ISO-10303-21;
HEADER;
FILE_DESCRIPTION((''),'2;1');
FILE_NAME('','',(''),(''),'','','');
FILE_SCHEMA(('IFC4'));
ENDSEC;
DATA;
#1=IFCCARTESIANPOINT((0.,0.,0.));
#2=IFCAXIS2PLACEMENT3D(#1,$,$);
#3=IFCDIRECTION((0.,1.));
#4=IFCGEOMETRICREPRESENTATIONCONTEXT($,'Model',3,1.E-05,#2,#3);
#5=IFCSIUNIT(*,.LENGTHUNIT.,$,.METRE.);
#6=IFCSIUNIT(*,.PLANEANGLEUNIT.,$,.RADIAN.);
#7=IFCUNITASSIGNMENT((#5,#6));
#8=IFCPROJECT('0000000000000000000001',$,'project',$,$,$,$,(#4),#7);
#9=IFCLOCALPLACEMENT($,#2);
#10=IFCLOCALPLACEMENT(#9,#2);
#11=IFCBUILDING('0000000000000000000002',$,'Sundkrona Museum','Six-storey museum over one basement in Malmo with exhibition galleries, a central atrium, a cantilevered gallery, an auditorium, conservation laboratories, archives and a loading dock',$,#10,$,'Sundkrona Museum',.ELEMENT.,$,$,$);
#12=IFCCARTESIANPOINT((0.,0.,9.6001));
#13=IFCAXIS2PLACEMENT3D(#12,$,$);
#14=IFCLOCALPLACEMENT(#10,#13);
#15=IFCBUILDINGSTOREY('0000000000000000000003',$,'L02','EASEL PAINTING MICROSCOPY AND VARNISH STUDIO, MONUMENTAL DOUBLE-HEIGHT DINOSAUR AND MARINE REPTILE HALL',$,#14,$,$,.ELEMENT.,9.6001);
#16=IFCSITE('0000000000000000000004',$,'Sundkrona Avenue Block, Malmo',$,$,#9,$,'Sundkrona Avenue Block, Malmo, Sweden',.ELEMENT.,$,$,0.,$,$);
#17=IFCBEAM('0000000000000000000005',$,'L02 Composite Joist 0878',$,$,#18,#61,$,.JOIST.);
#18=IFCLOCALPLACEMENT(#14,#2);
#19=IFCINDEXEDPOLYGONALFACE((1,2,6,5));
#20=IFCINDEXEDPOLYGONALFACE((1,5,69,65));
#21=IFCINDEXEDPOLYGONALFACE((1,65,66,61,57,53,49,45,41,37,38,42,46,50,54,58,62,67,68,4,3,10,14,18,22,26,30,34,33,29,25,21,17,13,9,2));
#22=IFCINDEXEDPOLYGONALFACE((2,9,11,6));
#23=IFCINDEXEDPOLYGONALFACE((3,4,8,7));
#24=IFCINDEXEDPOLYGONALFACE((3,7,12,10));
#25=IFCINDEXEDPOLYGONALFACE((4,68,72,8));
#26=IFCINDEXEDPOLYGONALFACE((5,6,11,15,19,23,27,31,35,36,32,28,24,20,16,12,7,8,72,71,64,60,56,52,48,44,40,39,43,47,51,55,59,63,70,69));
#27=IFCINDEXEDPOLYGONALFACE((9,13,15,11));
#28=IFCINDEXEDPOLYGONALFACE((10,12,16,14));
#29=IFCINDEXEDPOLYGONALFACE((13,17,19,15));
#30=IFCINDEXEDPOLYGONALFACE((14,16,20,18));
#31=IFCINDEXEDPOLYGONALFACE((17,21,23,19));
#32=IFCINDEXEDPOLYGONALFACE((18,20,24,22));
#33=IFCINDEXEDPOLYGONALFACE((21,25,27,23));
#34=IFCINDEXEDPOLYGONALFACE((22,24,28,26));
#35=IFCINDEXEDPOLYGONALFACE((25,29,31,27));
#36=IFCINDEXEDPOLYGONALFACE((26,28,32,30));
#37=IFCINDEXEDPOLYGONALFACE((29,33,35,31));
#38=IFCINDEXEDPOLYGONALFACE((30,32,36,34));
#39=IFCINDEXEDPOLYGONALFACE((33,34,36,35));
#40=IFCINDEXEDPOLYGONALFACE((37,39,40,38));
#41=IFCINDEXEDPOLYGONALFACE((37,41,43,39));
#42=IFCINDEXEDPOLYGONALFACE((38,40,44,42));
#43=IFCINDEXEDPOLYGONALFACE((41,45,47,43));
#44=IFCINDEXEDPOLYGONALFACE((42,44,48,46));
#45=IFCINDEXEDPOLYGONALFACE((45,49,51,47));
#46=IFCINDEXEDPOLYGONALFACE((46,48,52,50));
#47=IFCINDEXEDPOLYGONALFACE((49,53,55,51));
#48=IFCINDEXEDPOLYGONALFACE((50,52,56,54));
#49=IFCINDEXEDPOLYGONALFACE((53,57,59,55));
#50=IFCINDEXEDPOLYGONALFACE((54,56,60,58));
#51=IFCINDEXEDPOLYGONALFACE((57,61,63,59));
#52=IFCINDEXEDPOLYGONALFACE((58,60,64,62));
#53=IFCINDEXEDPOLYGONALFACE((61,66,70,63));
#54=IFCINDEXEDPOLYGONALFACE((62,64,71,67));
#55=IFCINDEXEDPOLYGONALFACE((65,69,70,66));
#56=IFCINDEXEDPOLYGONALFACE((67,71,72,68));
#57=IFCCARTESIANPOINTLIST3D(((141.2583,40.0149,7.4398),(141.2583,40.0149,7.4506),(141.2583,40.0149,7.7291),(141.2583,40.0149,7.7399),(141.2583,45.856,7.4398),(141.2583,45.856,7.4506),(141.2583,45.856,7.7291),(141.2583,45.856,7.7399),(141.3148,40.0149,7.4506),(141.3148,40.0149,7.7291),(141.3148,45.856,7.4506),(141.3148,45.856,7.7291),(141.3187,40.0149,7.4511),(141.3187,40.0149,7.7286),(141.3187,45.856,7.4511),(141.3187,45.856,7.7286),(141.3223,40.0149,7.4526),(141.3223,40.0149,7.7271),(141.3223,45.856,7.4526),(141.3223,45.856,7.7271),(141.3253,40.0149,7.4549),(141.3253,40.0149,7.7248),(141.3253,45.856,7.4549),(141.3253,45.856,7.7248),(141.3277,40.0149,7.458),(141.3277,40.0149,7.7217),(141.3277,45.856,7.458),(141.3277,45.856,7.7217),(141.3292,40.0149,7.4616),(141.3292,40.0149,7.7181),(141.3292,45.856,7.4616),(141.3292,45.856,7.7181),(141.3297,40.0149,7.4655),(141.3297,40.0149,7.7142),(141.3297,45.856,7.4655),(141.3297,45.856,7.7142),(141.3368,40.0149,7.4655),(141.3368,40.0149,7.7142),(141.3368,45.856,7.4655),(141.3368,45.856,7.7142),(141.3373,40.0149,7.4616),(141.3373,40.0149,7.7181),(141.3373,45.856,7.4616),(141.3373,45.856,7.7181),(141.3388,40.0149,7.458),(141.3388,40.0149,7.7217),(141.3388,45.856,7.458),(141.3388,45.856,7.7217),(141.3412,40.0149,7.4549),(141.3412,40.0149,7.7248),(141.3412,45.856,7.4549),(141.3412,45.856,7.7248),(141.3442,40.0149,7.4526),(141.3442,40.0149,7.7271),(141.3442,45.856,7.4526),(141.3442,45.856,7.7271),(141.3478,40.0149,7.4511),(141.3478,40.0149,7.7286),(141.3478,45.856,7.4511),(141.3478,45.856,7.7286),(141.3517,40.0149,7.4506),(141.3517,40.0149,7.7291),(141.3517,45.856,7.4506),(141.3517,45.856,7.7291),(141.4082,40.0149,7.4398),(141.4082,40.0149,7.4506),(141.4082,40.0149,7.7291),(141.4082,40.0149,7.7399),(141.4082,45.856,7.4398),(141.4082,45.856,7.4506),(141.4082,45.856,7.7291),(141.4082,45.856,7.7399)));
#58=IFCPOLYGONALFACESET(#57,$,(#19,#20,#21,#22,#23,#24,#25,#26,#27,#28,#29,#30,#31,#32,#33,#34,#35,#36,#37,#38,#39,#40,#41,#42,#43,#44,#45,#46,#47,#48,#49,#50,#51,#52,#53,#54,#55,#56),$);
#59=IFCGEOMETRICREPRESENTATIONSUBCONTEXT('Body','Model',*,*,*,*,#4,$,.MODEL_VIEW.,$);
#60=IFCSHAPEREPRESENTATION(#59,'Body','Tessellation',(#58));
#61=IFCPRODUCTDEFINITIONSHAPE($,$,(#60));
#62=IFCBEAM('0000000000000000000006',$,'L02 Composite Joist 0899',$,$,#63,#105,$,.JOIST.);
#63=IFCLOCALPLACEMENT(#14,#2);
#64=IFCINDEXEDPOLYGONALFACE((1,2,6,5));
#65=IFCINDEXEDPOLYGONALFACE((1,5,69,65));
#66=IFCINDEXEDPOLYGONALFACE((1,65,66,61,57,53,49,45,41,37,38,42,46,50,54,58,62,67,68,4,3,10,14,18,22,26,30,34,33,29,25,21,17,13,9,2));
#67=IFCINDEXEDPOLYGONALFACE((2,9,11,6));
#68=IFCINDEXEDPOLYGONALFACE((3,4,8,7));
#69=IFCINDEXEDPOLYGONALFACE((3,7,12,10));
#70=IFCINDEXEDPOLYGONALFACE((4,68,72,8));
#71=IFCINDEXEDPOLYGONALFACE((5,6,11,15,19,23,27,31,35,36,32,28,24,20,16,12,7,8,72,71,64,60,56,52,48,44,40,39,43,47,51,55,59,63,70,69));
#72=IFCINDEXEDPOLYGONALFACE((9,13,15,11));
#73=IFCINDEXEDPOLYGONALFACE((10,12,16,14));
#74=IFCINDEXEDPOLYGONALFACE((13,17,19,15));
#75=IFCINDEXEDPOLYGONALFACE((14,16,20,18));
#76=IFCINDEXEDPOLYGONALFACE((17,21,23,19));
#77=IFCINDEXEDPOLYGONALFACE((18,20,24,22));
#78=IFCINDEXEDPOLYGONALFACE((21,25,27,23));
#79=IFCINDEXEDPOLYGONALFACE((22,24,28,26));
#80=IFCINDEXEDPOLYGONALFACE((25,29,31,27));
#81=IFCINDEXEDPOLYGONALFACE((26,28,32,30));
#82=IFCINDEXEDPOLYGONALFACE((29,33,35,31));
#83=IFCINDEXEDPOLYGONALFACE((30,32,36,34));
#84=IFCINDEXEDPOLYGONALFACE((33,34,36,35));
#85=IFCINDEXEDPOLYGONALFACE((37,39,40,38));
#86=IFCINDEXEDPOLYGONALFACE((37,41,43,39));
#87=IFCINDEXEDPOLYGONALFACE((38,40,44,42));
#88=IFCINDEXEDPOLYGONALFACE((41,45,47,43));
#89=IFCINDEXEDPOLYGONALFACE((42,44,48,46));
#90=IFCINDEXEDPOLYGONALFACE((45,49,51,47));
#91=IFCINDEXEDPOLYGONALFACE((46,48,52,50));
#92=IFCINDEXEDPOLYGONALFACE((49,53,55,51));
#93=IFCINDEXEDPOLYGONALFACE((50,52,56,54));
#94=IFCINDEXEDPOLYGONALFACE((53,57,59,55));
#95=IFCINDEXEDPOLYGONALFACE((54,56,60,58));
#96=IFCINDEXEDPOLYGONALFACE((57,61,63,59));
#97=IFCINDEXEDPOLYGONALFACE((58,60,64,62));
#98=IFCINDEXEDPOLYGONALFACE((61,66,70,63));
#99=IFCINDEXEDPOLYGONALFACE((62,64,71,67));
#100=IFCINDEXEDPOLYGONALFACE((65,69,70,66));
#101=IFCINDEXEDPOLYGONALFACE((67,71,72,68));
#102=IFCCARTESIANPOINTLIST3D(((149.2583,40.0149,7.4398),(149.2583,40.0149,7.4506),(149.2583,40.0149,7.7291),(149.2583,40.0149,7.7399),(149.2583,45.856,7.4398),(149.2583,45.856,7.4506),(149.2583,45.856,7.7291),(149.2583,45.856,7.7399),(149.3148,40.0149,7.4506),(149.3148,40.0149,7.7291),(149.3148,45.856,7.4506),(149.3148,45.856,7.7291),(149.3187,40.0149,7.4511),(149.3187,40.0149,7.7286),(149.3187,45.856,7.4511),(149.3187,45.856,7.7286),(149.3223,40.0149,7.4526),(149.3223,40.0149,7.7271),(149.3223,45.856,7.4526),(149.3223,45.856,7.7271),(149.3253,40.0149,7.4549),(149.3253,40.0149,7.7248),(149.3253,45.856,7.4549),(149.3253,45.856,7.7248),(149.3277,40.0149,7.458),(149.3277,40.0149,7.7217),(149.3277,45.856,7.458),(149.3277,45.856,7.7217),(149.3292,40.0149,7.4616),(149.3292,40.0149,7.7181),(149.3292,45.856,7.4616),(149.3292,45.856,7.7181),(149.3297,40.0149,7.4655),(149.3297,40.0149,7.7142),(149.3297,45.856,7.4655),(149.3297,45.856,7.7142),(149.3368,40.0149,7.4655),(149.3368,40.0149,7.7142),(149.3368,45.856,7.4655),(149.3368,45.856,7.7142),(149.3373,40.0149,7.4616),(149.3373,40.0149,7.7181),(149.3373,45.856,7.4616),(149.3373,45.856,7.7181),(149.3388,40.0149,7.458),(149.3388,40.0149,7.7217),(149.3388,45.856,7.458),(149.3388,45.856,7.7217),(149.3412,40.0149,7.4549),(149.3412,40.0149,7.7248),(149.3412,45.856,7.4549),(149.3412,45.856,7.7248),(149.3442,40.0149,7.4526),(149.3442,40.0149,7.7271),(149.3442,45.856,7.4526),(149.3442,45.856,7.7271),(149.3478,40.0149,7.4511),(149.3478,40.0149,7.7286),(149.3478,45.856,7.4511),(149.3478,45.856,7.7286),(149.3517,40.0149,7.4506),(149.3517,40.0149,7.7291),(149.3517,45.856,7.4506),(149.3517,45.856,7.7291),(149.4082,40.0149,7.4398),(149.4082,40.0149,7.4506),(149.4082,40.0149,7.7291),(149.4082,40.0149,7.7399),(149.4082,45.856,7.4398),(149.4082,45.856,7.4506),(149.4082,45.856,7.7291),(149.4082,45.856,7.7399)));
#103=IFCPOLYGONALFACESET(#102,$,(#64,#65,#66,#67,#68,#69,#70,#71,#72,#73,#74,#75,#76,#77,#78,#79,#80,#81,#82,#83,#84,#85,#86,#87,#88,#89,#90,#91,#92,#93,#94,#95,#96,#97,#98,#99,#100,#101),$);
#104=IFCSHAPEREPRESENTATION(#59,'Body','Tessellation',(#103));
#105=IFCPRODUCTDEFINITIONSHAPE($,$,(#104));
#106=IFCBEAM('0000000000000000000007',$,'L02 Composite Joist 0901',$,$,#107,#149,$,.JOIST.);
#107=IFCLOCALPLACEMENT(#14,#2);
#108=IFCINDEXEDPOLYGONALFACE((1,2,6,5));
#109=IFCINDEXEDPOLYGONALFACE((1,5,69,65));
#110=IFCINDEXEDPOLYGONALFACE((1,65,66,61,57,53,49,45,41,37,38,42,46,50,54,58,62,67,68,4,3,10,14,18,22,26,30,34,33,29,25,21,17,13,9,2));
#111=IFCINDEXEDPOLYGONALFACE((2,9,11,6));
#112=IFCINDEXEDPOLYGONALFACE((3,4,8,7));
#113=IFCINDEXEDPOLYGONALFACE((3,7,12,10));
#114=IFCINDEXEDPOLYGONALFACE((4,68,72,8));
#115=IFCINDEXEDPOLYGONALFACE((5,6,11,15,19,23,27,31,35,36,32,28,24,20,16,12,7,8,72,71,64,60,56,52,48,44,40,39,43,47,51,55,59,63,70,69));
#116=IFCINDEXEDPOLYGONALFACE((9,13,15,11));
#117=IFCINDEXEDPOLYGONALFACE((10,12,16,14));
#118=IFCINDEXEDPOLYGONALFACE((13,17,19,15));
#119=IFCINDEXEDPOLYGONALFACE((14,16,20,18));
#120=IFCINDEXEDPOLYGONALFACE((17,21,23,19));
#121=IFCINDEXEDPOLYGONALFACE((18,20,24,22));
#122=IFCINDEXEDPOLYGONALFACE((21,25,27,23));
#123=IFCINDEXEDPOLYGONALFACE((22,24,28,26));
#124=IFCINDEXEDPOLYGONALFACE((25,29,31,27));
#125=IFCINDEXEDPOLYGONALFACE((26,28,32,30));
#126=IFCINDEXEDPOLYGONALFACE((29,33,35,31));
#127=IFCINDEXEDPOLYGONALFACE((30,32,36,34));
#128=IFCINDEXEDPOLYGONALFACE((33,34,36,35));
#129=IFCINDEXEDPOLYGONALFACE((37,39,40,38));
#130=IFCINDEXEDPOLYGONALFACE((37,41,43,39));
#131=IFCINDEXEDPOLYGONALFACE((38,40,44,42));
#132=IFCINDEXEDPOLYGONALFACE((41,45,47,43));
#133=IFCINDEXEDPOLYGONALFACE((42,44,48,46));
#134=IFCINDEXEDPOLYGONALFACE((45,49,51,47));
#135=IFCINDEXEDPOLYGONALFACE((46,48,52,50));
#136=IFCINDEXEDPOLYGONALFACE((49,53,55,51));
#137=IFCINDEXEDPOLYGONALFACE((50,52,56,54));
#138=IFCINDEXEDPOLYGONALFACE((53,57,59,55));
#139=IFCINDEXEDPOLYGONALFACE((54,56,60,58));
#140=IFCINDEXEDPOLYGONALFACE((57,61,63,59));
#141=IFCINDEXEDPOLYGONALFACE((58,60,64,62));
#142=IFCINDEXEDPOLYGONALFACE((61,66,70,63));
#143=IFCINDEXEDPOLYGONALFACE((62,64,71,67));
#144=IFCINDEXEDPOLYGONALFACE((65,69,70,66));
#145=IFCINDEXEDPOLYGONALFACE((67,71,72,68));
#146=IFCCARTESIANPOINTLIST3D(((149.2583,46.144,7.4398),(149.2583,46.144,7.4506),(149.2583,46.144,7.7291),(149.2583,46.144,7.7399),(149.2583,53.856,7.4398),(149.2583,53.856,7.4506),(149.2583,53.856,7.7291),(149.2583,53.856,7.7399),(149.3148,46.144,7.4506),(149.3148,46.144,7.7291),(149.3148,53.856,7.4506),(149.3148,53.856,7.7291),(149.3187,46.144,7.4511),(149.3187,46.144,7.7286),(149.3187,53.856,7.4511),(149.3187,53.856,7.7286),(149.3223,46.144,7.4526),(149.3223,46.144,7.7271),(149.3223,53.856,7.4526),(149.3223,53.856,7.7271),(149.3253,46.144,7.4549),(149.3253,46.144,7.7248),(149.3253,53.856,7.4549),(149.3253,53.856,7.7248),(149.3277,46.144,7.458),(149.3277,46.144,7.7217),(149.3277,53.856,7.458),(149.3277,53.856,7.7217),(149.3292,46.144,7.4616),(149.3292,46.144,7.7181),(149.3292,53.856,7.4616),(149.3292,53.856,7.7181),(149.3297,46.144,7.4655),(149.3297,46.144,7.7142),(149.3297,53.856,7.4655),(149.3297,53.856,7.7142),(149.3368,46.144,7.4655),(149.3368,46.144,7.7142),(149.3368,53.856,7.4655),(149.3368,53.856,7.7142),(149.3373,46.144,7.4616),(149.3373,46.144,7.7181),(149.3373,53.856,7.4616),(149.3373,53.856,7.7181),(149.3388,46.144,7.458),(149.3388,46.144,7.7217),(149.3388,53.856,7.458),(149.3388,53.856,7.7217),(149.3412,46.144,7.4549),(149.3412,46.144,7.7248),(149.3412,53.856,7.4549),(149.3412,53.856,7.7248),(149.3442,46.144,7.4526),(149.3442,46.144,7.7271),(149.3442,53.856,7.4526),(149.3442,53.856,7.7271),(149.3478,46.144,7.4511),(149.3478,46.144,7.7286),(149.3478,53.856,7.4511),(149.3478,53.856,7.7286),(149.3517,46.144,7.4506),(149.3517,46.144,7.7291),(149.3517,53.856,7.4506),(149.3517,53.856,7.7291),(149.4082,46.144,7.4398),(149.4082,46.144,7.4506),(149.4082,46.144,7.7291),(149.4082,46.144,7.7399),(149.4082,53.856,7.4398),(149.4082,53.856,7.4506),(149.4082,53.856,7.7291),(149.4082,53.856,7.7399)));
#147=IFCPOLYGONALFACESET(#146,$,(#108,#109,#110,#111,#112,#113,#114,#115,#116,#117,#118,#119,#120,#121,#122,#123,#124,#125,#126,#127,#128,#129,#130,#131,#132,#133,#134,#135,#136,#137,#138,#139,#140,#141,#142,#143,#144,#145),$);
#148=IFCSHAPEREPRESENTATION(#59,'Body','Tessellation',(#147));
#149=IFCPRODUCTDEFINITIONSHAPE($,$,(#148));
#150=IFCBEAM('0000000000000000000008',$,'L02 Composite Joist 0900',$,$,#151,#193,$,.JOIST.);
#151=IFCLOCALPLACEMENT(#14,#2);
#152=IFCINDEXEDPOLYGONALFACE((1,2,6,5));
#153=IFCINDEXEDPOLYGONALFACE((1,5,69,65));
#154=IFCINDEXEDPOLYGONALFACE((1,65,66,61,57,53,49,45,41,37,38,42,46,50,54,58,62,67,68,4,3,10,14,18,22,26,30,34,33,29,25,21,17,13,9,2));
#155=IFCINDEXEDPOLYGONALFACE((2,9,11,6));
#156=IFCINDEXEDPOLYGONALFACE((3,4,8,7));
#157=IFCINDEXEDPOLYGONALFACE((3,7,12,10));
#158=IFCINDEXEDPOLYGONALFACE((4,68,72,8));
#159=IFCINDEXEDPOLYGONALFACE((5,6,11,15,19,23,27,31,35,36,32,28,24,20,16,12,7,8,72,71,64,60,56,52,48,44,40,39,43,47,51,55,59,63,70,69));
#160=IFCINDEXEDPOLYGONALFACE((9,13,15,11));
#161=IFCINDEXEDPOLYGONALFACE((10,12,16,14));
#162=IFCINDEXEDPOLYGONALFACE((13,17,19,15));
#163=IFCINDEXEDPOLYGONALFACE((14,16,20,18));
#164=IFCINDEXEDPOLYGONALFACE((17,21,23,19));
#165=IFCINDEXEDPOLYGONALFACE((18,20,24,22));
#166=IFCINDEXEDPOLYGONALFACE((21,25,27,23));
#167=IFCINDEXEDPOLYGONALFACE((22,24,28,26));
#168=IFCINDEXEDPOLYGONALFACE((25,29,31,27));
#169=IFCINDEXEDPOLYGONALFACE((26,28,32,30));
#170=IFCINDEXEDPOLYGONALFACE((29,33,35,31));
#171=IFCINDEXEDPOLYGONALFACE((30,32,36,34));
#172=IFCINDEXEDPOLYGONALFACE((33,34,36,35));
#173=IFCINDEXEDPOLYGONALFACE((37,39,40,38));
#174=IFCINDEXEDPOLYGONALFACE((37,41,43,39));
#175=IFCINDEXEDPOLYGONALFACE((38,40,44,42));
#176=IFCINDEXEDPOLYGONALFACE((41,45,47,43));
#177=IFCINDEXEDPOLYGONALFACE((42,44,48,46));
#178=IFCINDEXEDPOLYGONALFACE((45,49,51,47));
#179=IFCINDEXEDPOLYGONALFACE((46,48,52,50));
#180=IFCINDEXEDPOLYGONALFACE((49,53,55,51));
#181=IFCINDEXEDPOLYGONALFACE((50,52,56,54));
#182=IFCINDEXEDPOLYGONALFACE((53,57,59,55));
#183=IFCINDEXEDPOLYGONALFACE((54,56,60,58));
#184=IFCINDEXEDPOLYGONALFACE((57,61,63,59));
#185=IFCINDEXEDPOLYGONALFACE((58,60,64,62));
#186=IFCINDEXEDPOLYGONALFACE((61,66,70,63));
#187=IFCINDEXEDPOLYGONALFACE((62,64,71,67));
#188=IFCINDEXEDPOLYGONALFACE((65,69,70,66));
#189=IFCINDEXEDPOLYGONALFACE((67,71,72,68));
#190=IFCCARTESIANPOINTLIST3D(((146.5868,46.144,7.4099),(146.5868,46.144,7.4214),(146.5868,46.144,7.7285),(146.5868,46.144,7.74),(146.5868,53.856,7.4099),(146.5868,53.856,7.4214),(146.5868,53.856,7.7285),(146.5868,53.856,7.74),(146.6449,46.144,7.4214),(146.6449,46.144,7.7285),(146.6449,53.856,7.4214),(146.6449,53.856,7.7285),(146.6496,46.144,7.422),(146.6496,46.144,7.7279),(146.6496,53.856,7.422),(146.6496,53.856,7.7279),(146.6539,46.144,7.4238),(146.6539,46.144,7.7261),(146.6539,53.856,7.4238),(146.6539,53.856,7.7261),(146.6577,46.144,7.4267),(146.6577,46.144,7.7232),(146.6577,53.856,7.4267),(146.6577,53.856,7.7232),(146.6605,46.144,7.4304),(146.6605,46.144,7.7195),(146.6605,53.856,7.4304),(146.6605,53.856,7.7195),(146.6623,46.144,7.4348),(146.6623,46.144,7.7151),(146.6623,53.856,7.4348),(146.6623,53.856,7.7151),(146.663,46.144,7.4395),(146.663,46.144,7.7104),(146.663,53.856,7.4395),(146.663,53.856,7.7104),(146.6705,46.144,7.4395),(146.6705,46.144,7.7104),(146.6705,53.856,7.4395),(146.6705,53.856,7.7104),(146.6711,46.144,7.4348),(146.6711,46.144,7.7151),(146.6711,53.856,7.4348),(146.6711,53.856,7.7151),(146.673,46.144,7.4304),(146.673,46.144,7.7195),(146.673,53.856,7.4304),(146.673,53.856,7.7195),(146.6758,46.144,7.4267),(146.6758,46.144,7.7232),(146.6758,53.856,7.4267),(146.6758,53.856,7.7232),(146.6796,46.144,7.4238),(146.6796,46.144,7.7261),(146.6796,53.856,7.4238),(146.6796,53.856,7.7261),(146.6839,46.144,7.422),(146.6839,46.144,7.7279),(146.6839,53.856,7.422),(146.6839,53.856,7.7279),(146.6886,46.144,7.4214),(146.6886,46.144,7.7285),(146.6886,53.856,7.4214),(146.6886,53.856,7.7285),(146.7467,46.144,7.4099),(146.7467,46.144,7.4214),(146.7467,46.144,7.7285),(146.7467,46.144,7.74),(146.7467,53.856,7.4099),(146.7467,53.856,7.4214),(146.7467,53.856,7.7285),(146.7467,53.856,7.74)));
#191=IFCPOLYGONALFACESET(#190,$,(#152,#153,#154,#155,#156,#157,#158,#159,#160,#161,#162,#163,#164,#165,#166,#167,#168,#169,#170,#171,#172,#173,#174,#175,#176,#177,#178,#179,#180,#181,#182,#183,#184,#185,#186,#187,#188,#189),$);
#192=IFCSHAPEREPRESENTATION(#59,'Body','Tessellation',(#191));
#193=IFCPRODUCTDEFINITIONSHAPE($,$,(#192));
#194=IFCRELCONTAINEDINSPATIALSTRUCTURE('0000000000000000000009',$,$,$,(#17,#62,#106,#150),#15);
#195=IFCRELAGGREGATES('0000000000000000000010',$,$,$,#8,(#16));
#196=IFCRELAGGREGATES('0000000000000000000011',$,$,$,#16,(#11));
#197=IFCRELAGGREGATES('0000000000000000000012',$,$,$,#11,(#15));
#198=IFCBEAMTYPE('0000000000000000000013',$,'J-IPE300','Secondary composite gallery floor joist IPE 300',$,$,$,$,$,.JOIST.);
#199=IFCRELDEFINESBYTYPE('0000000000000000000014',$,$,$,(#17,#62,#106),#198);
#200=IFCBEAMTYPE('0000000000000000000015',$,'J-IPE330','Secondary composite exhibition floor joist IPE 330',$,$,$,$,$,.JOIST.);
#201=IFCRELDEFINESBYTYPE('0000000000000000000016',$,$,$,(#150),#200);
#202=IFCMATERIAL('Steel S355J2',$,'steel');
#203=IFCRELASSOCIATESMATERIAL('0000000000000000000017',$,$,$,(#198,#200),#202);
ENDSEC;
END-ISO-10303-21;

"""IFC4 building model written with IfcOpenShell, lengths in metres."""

from ifc_helpers import new_model, si_unit, direction, frame, origin, origin_2d, place, context, subcontext, project, spatial, i_section, extrude, material, material_profile, profile_set, type_object, element, save


model = new_model("IFC4")

# Units and contexts
model_context = context("Model", 3, precision=1e-05, world=origin(), true_north=direction((0.0, 1.0)))
body_context = subcontext(model_context, "Body", "Model", "MODEL_VIEW")
ifc_project = project(units=[si_unit("LENGTHUNIT", "METRE"), si_unit("PLANEANGLEUNIT", "RADIAN")], contexts=[model_context])

# Site, building, storey
site_placement = place(None, origin())
site = spatial("IfcSite", under=ifc_project, at=site_placement, Name="Sundkrona Avenue Block, Malmo", LongName="Sundkrona Avenue Block, Malmo, Sweden", CompositionType="ELEMENT", RefElevation=0.0)
building_placement = place(site_placement, origin())
building = spatial("IfcBuilding", under=site, at=building_placement, Name="Sundkrona Museum", Description="Six-storey museum over one basement in Malmo with exhibition galleries, a central atrium, a cantilevered gallery, an auditorium, conservation laboratories, archives and a loading dock", LongName="Sundkrona Museum", CompositionType="ELEMENT")
storey_placement = place(building_placement, frame((0.0, 0.0, 9.6001)))
storey = spatial("IfcBuildingStorey", under=building, at=storey_placement, Name="L02", Description="EASEL PAINTING MICROSCOPY AND VARNISH STUDIO, MONUMENTAL DOUBLE-HEIGHT DINOSAUR AND MARINE REPTILE HALL", CompositionType="ELEMENT", Elevation=9.6001)

# Shared definitions
ifc_material_1 = material(Name="Steel S355J2", Category="steel")

# Beams
ifc_material_profile_1 = material_profile(ifc_material_1, i_section(OverallWidth=0.1499, OverallDepth=0.3, WebThickness=0.0071, FlangeThickness=0.0107, FilletRadius=0.0149, at=origin_2d()), Name="IPE 300")
ifc_profile_set_1 = profile_set([ifc_material_profile_1], Name="Steel S355J2")
beam_type_1 = type_object("IfcBeamType", Name="J-IPE300", Description="Secondary composite gallery floor joist IPE 300", PredefinedType="JOIST", material=ifc_profile_set_1)
for number, where, z_axis, x_axis, name in (
    (1, (141.3333, 40.0149, 7.5898), (0.0, 1.0, 0.0), (-1.0, 0.0, 0.0), "L02 Composite Joist 0878"),
    (2, (149.3333, 40.0149, 7.5898), (0.0, 1.0, 0.0), (-1.0, 0.0, 0.0), "L02 Composite Joist 0899"),
):
    element("IfcBeam", number, at=place(storey_placement, frame(where, z_axis=z_axis, x_axis=x_axis)), inside=storey, type_object=beam_type_1, Name=name, PredefinedType="JOIST", context=body_context, shape_type="SweptSolid", body=[
        extrude(i_section(OverallWidth=0.1499, OverallDepth=0.3, WebThickness=0.0071, FlangeThickness=0.0107, FilletRadius=0.0149, at=origin_2d()), origin(), (0.0, 0.0, 1.0), 5.8411),
    ])
beam_1_placement = place(storey_placement, frame((149.3333, 46.144, 7.5898), z_axis=(0.0, 1.0, 0.0), x_axis=(-1.0, 0.0, 0.0)))
element("IfcBeam", 3, at=beam_1_placement, inside=storey, type_object=beam_type_1, Name="L02 Composite Joist 0901", PredefinedType="JOIST", context=body_context, shape_type="SweptSolid", body=[
    extrude(i_section(OverallWidth=0.1499, OverallDepth=0.3, WebThickness=0.0071, FlangeThickness=0.0107, FilletRadius=0.0149, at=origin_2d()), origin(), (0.0, 0.0, 1.0), 7.7119),
])
ifc_material_profile_2 = material_profile(ifc_material_1, i_section(OverallWidth=0.1599, OverallDepth=0.3301, WebThickness=0.0076, FlangeThickness=0.0115, FilletRadius=0.0181, at=origin_2d()), Name="IPE 330")
ifc_profile_set_2 = profile_set([ifc_material_profile_2], Name="Steel S355J2")
beam_type_2 = type_object("IfcBeamType", Name="J-IPE330", Description="Secondary composite exhibition floor joist IPE 330", PredefinedType="JOIST", material=ifc_profile_set_2)
beam_2_placement = place(storey_placement, frame((146.6667, 46.144, 7.575), z_axis=(0.0, 1.0, 0.0), x_axis=(-1.0, 0.0, 0.0)))
element("IfcBeam", 4, at=beam_2_placement, inside=storey, type_object=beam_type_2, Name="L02 Composite Joist 0900", PredefinedType="JOIST", context=body_context, shape_type="SweptSolid", body=[
    extrude(i_section(OverallWidth=0.1599, OverallDepth=0.3301, WebThickness=0.0076, FlangeThickness=0.0115, FilletRadius=0.0181, at=origin_2d()), origin(), (0.0, 0.0, 1.0), 7.7119),
])

save(model, "model.ifc")
